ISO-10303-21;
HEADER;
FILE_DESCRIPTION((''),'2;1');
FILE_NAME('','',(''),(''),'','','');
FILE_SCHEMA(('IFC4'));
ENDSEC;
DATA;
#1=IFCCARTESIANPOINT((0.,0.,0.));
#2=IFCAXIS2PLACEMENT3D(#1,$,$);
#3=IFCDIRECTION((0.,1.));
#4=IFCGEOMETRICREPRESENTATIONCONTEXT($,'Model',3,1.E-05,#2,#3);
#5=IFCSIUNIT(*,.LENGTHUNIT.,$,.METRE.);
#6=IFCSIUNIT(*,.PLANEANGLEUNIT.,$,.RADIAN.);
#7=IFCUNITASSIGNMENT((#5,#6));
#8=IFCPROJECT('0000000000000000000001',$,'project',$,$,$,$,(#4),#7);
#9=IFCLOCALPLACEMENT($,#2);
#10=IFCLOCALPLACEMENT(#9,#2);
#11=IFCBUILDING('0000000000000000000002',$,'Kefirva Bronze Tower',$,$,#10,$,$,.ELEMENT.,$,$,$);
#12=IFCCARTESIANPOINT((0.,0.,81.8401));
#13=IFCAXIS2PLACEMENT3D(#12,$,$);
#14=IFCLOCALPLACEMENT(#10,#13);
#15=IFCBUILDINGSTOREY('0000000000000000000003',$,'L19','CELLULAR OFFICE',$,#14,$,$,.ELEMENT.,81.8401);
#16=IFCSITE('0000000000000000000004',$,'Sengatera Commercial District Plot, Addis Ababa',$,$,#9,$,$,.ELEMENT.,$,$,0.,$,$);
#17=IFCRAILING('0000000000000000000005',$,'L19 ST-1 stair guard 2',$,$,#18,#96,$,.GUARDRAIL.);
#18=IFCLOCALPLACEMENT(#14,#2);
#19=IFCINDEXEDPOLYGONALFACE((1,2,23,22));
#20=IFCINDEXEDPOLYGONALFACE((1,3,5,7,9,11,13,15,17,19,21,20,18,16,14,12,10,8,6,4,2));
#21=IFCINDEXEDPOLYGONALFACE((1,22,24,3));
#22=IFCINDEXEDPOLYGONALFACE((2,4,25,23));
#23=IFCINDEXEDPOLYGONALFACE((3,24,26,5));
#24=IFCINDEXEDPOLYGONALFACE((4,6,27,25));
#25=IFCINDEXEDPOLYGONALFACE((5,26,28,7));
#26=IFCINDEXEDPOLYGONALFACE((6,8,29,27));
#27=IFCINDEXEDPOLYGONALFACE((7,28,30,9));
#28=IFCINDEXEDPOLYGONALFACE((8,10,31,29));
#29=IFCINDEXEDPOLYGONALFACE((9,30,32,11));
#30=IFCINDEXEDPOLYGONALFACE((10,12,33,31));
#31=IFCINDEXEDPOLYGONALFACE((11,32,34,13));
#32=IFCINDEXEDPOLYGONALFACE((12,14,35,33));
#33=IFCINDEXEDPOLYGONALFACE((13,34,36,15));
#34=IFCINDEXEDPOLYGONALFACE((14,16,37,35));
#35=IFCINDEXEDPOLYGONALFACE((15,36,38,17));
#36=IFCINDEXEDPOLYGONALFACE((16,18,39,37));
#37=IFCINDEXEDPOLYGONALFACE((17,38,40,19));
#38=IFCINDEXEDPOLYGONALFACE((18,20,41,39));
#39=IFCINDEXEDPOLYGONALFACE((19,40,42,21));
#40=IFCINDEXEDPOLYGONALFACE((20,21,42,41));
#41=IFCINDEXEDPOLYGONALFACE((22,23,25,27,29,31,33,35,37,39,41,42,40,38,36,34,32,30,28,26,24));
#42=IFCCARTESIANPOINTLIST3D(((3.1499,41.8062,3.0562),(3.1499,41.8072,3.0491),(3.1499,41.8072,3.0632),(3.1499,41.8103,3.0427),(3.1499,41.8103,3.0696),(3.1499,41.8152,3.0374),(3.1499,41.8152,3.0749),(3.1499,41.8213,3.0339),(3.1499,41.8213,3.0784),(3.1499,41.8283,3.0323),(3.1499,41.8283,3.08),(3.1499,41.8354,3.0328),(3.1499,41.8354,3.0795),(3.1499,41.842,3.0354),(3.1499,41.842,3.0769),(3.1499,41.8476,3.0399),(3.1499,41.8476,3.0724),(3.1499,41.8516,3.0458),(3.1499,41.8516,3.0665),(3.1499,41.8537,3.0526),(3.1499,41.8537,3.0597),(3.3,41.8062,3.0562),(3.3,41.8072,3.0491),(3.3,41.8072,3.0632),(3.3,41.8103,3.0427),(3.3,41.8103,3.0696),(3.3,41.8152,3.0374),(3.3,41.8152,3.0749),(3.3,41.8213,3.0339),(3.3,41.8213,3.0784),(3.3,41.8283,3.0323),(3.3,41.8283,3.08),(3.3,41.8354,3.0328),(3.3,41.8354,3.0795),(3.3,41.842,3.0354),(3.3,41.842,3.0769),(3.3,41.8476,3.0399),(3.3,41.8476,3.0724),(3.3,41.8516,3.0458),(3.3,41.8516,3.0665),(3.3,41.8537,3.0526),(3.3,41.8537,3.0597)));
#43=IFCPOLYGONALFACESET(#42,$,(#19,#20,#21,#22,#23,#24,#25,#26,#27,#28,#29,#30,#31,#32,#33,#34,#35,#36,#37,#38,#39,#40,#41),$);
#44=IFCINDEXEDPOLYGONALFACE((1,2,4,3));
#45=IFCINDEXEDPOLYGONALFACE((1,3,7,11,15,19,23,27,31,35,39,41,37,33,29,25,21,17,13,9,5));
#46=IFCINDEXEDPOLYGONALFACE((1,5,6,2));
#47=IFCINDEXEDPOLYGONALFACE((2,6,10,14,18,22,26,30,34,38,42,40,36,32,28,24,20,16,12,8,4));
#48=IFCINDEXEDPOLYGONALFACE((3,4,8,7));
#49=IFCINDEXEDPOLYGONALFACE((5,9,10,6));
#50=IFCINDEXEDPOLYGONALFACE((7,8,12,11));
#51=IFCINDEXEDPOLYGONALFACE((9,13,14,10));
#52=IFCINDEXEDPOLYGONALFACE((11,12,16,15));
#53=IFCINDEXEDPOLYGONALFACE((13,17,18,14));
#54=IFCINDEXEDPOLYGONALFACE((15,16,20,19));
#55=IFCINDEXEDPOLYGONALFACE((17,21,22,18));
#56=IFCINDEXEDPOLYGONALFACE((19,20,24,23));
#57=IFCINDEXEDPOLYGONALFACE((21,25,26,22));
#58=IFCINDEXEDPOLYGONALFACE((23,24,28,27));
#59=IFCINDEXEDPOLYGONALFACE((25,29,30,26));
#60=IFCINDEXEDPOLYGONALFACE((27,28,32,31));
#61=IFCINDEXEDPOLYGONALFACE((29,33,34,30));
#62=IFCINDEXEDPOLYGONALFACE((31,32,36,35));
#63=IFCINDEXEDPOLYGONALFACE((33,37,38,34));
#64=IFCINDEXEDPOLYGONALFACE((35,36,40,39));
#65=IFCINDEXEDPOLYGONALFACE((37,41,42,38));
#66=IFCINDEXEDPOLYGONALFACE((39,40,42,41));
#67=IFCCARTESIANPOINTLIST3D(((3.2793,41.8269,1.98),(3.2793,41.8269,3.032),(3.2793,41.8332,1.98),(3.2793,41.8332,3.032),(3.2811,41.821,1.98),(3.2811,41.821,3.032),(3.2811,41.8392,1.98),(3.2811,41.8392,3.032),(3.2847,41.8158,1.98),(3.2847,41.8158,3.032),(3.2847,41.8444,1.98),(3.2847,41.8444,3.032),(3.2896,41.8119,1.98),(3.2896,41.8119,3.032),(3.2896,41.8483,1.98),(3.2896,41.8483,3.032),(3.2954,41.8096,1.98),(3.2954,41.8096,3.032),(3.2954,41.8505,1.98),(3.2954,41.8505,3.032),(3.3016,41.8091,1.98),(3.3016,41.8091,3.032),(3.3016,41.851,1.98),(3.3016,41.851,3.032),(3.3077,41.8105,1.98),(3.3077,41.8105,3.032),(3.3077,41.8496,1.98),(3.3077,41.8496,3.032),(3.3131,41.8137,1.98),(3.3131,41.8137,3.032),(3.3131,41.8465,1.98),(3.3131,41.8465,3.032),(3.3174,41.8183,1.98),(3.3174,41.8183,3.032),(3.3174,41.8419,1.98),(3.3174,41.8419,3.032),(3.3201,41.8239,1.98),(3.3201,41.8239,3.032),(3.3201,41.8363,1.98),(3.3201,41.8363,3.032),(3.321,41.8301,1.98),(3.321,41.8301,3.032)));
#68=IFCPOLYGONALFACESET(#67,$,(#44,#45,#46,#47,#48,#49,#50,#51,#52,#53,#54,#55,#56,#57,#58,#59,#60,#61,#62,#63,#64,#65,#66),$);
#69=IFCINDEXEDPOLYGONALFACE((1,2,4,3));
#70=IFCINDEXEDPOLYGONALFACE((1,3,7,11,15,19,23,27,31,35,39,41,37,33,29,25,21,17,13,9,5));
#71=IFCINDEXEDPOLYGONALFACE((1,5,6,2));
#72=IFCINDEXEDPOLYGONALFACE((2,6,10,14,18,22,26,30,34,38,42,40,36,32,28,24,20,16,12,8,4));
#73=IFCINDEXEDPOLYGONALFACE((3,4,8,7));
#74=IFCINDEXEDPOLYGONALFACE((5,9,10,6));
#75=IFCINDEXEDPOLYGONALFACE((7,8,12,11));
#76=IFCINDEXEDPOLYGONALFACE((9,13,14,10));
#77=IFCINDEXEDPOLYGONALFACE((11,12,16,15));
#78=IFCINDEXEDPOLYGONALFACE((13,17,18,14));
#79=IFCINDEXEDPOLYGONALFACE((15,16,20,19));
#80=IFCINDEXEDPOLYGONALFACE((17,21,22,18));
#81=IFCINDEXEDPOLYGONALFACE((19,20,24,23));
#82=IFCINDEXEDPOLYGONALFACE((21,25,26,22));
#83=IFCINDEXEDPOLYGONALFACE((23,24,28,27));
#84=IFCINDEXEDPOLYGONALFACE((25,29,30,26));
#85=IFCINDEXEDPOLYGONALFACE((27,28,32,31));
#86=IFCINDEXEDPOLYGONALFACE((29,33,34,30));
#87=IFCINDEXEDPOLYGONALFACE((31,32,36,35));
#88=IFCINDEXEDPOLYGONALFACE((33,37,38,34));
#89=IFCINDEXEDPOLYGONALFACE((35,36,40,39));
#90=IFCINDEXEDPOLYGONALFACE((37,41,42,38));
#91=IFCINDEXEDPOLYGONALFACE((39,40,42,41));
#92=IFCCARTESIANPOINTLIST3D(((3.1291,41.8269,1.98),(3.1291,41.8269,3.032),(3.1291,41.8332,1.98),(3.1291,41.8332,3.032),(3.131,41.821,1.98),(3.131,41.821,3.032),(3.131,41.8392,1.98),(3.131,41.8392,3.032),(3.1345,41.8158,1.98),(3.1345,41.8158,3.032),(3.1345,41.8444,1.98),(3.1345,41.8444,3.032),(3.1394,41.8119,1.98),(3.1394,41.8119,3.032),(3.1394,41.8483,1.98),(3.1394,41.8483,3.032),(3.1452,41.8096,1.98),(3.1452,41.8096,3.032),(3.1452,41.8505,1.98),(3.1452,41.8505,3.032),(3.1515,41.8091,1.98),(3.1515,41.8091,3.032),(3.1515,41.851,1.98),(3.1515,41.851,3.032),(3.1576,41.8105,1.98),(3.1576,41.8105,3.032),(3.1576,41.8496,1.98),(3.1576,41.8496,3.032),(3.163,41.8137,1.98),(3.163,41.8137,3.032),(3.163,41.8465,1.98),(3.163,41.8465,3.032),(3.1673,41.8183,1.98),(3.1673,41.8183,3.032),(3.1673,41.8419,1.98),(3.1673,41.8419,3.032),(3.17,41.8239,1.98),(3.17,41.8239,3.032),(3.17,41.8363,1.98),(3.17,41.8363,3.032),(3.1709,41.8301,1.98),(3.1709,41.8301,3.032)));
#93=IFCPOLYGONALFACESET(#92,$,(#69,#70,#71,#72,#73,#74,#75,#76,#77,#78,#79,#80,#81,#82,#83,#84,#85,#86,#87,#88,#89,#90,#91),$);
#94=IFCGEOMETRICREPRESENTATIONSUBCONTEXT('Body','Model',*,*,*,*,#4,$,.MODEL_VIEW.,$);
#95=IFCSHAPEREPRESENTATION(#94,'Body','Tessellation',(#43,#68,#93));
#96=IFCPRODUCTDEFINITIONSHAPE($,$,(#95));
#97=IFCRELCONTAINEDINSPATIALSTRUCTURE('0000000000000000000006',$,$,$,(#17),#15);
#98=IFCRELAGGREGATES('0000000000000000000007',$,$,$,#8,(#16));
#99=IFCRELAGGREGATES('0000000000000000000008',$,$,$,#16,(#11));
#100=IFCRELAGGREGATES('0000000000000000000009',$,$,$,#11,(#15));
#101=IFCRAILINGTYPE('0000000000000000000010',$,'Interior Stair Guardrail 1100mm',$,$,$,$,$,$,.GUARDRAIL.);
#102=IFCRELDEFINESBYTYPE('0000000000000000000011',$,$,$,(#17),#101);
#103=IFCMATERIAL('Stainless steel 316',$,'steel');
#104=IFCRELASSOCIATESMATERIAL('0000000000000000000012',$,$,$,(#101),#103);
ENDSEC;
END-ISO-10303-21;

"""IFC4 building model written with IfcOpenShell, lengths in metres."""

from ifc_helpers import new_model, si_unit, direction, frame, origin, origin_2d, place, context, subcontext, project, spatial, circle, extrude, material, type_object, element, save


model = new_model("IFC4")

# Units and contexts
model_context = context("Model", 3, precision=1e-05, world=origin(), true_north=direction((0.0, 1.0)))
body_context = subcontext(model_context, "Body", "Model", "MODEL_VIEW")
ifc_project = project(units=[si_unit("LENGTHUNIT", "METRE"), si_unit("PLANEANGLEUNIT", "RADIAN")], contexts=[model_context])

# Site, building, storey
site_placement = place(None, origin())
site = spatial("IfcSite", under=ifc_project, at=site_placement, Name="Sengatera Commercial District Plot, Addis Ababa", CompositionType="ELEMENT", RefElevation=0.0)
building_placement = place(site_placement, origin())
building = spatial("IfcBuilding", under=site, at=building_placement, Name="Kefirva Bronze Tower", CompositionType="ELEMENT")
storey_placement = place(building_placement, frame((0.0, 0.0, 81.8401)))
storey = spatial("IfcBuildingStorey", under=building, at=storey_placement, Name="L19", Description="CELLULAR OFFICE", CompositionType="ELEMENT", Elevation=81.8401)

# Railing
ifc_material_1 = material(Name="Stainless steel 316", Category="steel")
railing_type_1 = type_object("IfcRailingType", Name="Interior Stair Guardrail 1100mm", PredefinedType="GUARDRAIL", material=ifc_material_1)
railing_1_placement = place(storey_placement, frame((3.3, 41.8301, 1.98)))
element("IfcRailing", 1, at=railing_1_placement, inside=storey, type_object=railing_type_1, Name="L19 ST-1 stair guard 2", PredefinedType="GUARDRAIL", context=body_context, shape_type="SweptSolid", body=[
    extrude(circle(Radius=0.0239, at=origin_2d()), frame((0.0, 0.0, 1.0762), z_axis=(-1.0, 0.0, 0.0), x_axis=(0.0, -1.0, 0.0)), (0.0, 0.0, 1.0), 0.1501),
    extrude(circle(Radius=0.021, at=origin_2d()), origin(), (0.0, 0.0, 1.0), 1.052),
    extrude(circle(Radius=0.021, at=origin_2d()), frame((-0.1501, 0.0, 0.0)), (0.0, 0.0, 1.0), 1.052),
])

save(model, "model.ifc")
